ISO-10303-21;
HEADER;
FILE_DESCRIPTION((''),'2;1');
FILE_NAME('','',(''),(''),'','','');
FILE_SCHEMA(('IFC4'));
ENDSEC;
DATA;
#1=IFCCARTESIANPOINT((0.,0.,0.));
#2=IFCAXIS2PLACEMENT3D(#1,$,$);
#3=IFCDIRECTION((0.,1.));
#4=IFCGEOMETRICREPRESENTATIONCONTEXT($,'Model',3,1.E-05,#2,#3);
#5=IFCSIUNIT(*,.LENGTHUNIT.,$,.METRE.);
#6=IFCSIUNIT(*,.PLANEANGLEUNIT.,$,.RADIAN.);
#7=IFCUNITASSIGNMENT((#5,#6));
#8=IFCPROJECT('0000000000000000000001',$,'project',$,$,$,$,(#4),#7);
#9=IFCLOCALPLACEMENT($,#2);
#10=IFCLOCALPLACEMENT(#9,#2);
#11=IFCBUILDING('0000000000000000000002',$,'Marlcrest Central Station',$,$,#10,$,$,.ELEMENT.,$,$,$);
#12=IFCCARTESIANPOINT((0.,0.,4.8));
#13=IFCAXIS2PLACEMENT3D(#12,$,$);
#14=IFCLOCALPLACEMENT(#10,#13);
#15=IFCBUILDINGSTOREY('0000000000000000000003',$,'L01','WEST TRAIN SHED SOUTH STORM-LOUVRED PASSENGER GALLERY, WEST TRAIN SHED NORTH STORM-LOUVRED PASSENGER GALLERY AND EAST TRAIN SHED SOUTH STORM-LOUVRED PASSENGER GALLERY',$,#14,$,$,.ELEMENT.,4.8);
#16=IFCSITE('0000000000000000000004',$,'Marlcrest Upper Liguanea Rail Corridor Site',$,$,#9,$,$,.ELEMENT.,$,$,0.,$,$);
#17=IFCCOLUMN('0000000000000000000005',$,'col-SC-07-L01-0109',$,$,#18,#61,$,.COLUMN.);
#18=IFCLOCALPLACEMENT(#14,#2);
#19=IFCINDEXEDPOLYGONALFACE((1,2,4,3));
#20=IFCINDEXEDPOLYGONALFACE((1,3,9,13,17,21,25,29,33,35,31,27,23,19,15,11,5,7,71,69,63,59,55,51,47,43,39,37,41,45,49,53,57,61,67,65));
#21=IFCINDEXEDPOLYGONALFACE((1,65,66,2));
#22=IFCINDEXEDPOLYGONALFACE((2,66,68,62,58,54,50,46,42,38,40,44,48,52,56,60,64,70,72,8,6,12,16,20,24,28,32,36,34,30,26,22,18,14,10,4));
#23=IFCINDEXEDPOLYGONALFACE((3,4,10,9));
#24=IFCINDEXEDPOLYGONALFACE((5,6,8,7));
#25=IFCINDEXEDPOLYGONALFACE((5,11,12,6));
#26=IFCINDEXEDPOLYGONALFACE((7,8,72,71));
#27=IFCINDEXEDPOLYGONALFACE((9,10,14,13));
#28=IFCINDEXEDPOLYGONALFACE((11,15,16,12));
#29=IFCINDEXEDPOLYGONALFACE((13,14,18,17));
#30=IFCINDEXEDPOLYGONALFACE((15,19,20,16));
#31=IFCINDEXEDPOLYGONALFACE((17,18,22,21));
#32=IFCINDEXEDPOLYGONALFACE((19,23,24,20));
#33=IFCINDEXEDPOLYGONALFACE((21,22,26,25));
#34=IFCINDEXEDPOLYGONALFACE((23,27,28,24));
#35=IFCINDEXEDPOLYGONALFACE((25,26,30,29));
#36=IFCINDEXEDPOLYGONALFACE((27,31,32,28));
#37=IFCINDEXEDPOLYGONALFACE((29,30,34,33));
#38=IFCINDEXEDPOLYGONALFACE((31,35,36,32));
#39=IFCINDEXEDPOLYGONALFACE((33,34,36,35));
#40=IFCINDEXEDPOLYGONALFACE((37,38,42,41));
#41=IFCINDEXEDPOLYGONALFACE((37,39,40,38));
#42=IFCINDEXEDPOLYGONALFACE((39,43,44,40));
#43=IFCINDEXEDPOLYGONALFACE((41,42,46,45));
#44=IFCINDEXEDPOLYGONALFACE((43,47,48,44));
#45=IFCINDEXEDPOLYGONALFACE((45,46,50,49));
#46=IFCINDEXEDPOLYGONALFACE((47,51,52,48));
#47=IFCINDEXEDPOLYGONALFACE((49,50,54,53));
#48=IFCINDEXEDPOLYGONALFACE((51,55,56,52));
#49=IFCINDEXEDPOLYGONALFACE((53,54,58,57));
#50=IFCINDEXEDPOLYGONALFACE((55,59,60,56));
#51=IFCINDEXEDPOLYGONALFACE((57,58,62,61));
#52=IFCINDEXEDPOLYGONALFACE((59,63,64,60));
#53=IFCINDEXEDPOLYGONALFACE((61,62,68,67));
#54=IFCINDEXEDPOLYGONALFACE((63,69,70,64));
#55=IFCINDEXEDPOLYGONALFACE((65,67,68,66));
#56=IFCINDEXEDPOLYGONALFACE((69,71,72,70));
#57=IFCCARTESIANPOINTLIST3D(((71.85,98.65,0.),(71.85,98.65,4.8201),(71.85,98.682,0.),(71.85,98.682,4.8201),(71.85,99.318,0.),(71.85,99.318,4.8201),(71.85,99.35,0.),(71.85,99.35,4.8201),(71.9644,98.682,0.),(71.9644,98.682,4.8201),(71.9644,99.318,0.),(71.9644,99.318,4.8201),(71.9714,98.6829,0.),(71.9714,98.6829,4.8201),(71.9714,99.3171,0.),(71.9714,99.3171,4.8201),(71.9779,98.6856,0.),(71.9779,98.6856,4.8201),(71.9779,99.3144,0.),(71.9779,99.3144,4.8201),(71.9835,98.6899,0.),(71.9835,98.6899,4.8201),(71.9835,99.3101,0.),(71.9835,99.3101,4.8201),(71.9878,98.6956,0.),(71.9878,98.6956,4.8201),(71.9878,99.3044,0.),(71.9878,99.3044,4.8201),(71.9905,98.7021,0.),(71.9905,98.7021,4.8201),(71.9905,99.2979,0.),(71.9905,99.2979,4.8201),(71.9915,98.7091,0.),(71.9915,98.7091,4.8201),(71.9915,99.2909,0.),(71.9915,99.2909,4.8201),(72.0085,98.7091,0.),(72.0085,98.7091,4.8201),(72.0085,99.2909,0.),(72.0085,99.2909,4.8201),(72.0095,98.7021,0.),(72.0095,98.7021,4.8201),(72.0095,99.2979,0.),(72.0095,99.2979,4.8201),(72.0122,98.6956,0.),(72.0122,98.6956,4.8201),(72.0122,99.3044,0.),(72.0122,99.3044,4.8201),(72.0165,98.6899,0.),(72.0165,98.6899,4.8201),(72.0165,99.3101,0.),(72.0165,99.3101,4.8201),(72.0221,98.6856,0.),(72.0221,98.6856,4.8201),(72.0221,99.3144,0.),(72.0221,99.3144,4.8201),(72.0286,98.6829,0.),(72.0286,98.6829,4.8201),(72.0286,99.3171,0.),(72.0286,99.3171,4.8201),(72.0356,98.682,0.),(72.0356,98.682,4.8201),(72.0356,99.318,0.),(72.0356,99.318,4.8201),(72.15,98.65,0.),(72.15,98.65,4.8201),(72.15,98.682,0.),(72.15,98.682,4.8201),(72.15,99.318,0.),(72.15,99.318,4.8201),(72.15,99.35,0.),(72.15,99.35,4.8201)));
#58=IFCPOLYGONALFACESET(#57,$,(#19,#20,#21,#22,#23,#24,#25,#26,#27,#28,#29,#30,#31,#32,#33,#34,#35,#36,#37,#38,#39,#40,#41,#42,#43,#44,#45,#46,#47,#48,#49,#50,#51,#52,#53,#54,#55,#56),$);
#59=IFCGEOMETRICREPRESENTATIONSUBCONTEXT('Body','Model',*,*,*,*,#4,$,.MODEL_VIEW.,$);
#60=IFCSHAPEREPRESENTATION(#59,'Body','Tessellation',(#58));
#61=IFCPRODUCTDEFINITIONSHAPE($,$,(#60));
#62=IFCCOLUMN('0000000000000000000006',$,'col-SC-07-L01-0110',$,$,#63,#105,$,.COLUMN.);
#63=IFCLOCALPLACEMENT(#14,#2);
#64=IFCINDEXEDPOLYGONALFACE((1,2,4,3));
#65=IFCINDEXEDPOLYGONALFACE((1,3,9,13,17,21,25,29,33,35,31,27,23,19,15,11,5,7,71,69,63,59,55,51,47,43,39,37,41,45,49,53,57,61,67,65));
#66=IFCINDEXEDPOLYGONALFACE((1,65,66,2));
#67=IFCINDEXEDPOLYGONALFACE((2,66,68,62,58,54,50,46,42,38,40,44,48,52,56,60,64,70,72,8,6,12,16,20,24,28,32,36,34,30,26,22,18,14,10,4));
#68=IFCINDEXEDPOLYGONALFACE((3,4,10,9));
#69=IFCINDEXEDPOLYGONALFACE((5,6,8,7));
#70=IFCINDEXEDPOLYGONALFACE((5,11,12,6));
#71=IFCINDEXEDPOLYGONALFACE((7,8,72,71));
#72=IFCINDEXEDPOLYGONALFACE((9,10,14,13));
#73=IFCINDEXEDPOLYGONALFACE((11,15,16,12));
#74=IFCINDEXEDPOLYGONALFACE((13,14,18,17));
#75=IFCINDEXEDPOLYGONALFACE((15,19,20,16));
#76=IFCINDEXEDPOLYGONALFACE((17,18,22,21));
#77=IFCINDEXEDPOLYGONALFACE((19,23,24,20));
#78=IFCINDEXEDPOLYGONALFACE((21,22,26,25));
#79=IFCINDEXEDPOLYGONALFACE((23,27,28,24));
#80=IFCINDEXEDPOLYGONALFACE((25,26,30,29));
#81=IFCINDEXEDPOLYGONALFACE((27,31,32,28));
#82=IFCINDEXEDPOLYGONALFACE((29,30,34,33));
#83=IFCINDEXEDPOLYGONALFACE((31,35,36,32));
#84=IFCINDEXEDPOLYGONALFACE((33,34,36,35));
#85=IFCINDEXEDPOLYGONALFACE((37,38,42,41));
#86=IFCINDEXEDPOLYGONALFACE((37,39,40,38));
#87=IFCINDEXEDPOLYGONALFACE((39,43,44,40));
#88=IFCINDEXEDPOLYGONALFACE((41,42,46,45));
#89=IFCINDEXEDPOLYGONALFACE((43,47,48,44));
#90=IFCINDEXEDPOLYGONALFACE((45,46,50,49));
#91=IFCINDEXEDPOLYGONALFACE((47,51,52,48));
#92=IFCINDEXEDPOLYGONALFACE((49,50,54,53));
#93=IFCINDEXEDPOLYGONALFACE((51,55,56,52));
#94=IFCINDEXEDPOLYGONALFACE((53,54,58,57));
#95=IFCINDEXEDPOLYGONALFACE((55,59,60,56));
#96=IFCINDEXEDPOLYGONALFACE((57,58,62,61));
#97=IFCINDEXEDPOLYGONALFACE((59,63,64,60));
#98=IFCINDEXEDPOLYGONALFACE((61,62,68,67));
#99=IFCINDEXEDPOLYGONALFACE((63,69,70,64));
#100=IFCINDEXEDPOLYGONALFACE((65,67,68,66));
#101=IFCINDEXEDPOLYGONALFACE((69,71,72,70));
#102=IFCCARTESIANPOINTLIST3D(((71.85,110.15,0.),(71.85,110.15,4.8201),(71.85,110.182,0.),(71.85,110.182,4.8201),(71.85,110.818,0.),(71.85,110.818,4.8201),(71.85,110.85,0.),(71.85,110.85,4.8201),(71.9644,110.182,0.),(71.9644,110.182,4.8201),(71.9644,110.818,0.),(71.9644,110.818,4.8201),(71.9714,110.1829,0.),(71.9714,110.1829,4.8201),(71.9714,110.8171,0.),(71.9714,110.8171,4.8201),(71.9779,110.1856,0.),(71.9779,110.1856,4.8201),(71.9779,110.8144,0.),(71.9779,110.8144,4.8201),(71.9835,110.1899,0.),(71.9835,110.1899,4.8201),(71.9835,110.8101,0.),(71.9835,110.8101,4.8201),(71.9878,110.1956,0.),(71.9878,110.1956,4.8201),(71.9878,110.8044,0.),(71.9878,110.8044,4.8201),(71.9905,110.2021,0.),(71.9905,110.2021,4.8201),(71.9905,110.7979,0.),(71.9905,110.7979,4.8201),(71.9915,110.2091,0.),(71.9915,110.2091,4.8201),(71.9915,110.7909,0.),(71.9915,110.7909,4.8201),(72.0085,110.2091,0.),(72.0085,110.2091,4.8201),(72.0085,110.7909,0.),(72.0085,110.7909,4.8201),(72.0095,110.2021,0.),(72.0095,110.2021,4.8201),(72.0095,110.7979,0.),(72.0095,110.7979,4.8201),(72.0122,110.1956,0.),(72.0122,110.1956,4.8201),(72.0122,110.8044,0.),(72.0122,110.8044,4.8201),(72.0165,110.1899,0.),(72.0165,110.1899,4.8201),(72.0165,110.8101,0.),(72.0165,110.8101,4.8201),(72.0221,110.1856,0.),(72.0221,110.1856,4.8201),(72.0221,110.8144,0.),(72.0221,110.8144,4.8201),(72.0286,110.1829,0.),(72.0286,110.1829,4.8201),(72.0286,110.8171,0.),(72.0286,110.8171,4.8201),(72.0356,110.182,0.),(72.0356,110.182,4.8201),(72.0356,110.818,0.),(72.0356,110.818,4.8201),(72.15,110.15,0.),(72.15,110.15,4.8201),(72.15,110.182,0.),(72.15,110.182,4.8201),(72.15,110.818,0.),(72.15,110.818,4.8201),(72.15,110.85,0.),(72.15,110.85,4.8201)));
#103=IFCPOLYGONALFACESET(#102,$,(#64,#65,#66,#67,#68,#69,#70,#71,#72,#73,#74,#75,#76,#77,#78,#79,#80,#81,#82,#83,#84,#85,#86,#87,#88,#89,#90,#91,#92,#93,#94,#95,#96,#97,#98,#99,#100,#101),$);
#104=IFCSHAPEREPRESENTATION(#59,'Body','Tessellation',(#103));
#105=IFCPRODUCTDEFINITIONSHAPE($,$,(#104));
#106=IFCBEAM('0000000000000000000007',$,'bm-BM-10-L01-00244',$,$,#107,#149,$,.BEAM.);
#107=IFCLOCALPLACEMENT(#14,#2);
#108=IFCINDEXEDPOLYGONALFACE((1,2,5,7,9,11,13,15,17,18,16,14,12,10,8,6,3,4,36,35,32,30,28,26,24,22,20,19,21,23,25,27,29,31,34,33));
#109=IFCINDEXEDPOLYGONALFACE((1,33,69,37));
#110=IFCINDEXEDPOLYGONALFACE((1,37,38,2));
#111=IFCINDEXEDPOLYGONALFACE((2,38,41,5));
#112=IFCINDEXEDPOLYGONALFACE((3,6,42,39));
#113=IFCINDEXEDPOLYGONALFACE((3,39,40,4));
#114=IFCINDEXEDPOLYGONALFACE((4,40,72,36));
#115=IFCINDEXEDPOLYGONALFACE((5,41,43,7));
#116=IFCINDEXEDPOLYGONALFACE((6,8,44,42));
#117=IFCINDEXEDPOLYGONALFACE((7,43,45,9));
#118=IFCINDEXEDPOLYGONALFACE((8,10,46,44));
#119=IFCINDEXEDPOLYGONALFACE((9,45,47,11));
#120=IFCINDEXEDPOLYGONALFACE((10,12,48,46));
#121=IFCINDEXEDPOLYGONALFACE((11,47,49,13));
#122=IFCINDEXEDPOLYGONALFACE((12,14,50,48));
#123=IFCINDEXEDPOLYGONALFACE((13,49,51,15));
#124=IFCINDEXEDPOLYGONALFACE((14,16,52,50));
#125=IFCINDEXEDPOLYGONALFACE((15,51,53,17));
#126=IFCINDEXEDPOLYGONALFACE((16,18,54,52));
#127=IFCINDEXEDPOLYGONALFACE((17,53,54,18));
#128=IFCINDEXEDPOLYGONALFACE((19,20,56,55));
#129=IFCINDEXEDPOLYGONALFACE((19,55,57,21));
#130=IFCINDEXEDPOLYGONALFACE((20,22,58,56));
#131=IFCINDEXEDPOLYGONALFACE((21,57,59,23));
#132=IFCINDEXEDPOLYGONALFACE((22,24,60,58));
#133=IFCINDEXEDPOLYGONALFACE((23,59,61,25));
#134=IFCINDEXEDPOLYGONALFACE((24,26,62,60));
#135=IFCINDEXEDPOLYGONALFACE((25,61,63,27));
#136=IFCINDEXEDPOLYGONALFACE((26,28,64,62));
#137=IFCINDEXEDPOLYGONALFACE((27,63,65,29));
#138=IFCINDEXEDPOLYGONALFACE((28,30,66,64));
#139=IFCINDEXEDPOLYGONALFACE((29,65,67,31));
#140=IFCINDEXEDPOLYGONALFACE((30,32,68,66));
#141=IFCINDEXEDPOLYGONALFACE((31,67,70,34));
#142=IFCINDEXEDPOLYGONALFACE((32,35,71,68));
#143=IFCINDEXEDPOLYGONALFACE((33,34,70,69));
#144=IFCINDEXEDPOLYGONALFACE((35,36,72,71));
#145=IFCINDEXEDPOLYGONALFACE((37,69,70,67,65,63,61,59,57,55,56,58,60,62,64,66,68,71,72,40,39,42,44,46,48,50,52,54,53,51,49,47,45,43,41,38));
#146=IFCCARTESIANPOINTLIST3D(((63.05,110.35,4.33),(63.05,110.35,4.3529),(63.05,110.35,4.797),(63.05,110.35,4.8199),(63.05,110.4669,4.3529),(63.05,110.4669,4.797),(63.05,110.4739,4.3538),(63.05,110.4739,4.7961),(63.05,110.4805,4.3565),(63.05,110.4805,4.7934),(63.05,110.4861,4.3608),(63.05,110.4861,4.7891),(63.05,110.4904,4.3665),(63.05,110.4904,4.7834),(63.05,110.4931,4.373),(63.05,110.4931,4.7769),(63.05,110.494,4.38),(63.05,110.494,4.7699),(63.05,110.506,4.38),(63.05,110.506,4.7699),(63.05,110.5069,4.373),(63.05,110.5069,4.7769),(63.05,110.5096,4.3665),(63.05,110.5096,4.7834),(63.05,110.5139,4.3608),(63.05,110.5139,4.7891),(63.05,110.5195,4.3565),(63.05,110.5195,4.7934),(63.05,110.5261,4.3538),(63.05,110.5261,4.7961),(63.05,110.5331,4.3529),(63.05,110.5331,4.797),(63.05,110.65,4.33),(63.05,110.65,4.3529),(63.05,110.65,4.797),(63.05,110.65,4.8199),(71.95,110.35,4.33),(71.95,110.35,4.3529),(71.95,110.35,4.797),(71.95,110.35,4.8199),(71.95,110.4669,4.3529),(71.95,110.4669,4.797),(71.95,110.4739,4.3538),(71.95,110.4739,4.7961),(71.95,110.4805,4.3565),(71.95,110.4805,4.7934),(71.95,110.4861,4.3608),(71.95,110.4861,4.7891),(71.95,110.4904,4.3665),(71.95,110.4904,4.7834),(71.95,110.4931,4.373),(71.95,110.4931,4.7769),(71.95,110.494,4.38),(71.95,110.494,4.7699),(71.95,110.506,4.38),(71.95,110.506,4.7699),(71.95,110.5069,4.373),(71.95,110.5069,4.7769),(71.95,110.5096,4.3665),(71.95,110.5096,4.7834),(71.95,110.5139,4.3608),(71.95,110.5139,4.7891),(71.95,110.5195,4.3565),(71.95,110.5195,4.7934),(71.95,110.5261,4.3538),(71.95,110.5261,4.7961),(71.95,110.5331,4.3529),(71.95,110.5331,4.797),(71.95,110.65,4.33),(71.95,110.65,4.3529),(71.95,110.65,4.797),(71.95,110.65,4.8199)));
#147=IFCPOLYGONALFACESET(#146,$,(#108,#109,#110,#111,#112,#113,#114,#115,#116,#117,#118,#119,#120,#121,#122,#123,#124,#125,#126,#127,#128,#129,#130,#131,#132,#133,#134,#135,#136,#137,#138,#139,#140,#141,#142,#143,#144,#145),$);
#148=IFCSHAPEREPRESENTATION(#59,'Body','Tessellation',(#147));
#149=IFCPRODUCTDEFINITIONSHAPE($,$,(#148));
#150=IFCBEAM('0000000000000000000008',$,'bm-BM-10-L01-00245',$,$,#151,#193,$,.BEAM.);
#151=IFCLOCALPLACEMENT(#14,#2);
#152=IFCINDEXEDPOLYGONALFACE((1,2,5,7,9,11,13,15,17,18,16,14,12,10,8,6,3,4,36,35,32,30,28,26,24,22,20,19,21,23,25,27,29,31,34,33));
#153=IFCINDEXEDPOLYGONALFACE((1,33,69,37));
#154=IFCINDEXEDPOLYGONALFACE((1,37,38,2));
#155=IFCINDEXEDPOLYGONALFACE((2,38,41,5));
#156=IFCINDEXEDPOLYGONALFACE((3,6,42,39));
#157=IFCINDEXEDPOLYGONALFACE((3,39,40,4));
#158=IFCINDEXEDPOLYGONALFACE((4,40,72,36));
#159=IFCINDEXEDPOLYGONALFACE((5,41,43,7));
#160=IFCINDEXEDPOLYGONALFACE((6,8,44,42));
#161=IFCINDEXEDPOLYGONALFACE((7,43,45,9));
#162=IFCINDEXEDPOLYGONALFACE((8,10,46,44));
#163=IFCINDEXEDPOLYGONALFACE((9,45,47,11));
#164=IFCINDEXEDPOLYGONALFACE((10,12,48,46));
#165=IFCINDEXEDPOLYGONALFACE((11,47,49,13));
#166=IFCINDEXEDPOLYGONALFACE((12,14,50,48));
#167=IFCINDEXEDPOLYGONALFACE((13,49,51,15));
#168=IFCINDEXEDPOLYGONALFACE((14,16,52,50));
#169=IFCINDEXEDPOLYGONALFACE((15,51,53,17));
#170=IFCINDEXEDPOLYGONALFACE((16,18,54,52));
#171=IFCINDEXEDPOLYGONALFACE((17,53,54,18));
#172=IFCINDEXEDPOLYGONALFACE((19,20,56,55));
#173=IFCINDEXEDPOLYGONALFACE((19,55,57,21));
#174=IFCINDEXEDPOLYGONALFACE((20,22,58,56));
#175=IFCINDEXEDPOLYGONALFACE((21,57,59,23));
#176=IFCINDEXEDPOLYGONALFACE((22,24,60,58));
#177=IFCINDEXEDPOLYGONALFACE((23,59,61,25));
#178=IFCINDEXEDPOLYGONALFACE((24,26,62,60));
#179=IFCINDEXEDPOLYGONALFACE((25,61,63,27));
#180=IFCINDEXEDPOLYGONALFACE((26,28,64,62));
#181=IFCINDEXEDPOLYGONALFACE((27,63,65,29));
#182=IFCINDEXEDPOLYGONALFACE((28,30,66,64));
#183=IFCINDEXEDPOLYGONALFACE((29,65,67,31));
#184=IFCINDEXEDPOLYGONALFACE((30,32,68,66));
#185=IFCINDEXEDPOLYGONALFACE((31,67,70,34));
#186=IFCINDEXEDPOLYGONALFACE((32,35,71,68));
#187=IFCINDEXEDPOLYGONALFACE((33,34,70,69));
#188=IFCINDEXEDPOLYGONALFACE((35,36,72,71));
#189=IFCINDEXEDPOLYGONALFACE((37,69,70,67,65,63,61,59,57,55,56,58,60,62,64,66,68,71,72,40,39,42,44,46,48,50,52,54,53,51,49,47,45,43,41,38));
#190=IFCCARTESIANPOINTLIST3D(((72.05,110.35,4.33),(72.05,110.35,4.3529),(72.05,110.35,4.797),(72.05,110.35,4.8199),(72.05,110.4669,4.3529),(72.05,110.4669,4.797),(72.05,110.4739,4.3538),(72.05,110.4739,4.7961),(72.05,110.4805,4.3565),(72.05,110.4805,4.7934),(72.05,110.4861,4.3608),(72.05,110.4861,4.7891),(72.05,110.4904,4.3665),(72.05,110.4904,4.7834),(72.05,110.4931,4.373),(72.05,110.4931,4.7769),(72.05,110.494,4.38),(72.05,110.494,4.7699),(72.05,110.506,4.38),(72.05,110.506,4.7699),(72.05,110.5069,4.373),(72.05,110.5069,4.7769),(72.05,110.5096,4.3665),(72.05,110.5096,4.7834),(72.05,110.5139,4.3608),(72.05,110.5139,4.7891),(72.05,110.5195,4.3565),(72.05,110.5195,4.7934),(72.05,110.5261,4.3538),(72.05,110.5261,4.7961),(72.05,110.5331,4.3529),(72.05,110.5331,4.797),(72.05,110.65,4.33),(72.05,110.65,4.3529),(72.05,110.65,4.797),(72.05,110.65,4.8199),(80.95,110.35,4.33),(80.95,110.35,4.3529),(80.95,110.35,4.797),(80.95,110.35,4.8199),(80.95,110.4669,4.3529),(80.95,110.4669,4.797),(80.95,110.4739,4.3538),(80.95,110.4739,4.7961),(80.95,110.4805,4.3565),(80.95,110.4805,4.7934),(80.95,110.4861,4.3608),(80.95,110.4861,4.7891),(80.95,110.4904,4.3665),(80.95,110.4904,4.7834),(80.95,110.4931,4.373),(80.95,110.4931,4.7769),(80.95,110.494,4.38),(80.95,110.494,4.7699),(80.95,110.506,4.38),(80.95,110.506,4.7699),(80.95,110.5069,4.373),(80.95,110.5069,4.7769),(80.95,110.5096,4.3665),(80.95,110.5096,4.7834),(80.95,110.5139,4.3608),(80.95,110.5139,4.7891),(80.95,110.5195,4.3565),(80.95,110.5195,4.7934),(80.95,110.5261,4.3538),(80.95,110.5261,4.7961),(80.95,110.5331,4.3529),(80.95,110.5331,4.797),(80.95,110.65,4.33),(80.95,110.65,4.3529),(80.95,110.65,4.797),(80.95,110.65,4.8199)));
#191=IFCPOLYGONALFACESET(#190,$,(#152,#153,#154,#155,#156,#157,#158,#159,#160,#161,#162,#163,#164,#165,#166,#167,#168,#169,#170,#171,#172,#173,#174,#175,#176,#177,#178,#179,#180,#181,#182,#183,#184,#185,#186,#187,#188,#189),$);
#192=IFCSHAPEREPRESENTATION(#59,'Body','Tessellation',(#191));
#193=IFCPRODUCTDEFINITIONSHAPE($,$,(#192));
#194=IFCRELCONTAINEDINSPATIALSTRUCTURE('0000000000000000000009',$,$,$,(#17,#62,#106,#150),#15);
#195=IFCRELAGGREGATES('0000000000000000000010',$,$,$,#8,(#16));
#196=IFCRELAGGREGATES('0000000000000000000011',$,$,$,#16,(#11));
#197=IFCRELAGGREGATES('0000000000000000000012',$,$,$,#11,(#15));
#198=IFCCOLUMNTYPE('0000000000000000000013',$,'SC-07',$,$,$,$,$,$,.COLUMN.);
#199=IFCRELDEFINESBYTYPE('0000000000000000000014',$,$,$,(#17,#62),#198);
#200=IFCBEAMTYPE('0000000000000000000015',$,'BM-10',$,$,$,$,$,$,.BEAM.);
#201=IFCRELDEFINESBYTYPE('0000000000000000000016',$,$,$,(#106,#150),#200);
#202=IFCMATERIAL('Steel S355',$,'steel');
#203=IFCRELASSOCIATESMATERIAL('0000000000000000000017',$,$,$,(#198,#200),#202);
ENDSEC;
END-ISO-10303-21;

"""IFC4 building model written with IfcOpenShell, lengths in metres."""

from ifc_helpers import new_model, si_unit, direction, frame, origin, origin_2d, place, context, subcontext, project, spatial, i_section, extrude, material, material_profile, profile_set, type_object, element, save


model = new_model("IFC4")

# Units and contexts
model_context = context("Model", 3, precision=1e-05, world=origin(), true_north=direction((0.0, 1.0)))
body_context = subcontext(model_context, "Body", "Model", "MODEL_VIEW")
ifc_project = project(units=[si_unit("LENGTHUNIT", "METRE"), si_unit("PLANEANGLEUNIT", "RADIAN")], contexts=[model_context])

# Site, building, storey
site_placement = place(None, origin())
site = spatial("IfcSite", under=ifc_project, at=site_placement, Name="Marlcrest Upper Liguanea Rail Corridor Site", CompositionType="ELEMENT", RefElevation=0.0)
building_placement = place(site_placement, origin())
building = spatial("IfcBuilding", under=site, at=building_placement, Name="Marlcrest Central Station", CompositionType="ELEMENT")
storey_placement = place(building_placement, frame((0.0, 0.0, 4.8)))
storey = spatial("IfcBuildingStorey", under=building, at=storey_placement, Name="L01", Description="WEST TRAIN SHED SOUTH STORM-LOUVRED PASSENGER GALLERY, WEST TRAIN SHED NORTH STORM-LOUVRED PASSENGER GALLERY AND EAST TRAIN SHED SOUTH STORM-LOUVRED PASSENGER GALLERY", CompositionType="ELEMENT", Elevation=4.8)

# Columns
ifc_material_1 = material(Name="Steel S355", Category="steel")
ifc_material_profile_1 = material_profile(ifc_material_1, i_section(OverallWidth=0.3, OverallDepth=0.7, WebThickness=0.0171, FlangeThickness=0.032, FilletRadius=0.0271, at=origin_2d()), Name="HEB 700")
ifc_profile_set_1 = profile_set([ifc_material_profile_1], Name="Steel S355")
column_type = type_object("IfcColumnType", Name="SC-07", PredefinedType="COLUMN", material=ifc_profile_set_1)
for number, where, z_axis, x_axis, name in (
    (1, (72.0, 99.0, 0.0), (0.0, 0.0, 1.0), (1.0, 0.0, 0.0), "col-SC-07-L01-0109"),
    (2, (72.0, 110.5, 0.0), (0.0, 0.0, 1.0), (1.0, 0.0, 0.0), "col-SC-07-L01-0110"),
):
    element("IfcColumn", number, at=place(storey_placement, frame(where, z_axis=z_axis, x_axis=x_axis)), inside=storey, type_object=column_type, Name=name, PredefinedType="COLUMN", context=body_context, shape_type="SweptSolid", body=[
        extrude(i_section(OverallWidth=0.3, OverallDepth=0.7, WebThickness=0.0171, FlangeThickness=0.032, FilletRadius=0.0271, at=origin_2d()), origin(), (0.0, 0.0, 1.0), 4.8201),
    ])

# Beams
ifc_material_profile_2 = material_profile(ifc_material_1, i_section(OverallWidth=0.3, OverallDepth=0.49, WebThickness=0.012, FlangeThickness=0.0229, FilletRadius=0.0271, at=origin_2d()), Name="HEA 500")
ifc_profile_set_2 = profile_set([ifc_material_profile_2], Name="Steel S355")
beam_type_1 = type_object("IfcBeamType", Name="BM-10", PredefinedType="BEAM", material=ifc_profile_set_2)
for number, where, z_axis, x_axis, name in (
    (3, (63.05, 110.5, 4.575), (1.0, 0.0, 0.0), (0.0, 1.0, 0.0), "bm-BM-10-L01-00244"),
    (4, (72.05, 110.5, 4.575), (1.0, 0.0, 0.0), (0.0, 1.0, 0.0), "bm-BM-10-L01-00245"),
):
    element("IfcBeam", number, at=place(storey_placement, frame(where, z_axis=z_axis, x_axis=x_axis)), inside=storey, type_object=beam_type_1, Name=name, PredefinedType="BEAM", context=body_context, shape_type="SweptSolid", body=[
        extrude(i_section(OverallWidth=0.3, OverallDepth=0.49, WebThickness=0.012, FlangeThickness=0.0229, FilletRadius=0.0271, at=origin_2d()), origin(), (0.0, 0.0, 1.0), 8.8999),
    ])

save(model, "model.ifc")
